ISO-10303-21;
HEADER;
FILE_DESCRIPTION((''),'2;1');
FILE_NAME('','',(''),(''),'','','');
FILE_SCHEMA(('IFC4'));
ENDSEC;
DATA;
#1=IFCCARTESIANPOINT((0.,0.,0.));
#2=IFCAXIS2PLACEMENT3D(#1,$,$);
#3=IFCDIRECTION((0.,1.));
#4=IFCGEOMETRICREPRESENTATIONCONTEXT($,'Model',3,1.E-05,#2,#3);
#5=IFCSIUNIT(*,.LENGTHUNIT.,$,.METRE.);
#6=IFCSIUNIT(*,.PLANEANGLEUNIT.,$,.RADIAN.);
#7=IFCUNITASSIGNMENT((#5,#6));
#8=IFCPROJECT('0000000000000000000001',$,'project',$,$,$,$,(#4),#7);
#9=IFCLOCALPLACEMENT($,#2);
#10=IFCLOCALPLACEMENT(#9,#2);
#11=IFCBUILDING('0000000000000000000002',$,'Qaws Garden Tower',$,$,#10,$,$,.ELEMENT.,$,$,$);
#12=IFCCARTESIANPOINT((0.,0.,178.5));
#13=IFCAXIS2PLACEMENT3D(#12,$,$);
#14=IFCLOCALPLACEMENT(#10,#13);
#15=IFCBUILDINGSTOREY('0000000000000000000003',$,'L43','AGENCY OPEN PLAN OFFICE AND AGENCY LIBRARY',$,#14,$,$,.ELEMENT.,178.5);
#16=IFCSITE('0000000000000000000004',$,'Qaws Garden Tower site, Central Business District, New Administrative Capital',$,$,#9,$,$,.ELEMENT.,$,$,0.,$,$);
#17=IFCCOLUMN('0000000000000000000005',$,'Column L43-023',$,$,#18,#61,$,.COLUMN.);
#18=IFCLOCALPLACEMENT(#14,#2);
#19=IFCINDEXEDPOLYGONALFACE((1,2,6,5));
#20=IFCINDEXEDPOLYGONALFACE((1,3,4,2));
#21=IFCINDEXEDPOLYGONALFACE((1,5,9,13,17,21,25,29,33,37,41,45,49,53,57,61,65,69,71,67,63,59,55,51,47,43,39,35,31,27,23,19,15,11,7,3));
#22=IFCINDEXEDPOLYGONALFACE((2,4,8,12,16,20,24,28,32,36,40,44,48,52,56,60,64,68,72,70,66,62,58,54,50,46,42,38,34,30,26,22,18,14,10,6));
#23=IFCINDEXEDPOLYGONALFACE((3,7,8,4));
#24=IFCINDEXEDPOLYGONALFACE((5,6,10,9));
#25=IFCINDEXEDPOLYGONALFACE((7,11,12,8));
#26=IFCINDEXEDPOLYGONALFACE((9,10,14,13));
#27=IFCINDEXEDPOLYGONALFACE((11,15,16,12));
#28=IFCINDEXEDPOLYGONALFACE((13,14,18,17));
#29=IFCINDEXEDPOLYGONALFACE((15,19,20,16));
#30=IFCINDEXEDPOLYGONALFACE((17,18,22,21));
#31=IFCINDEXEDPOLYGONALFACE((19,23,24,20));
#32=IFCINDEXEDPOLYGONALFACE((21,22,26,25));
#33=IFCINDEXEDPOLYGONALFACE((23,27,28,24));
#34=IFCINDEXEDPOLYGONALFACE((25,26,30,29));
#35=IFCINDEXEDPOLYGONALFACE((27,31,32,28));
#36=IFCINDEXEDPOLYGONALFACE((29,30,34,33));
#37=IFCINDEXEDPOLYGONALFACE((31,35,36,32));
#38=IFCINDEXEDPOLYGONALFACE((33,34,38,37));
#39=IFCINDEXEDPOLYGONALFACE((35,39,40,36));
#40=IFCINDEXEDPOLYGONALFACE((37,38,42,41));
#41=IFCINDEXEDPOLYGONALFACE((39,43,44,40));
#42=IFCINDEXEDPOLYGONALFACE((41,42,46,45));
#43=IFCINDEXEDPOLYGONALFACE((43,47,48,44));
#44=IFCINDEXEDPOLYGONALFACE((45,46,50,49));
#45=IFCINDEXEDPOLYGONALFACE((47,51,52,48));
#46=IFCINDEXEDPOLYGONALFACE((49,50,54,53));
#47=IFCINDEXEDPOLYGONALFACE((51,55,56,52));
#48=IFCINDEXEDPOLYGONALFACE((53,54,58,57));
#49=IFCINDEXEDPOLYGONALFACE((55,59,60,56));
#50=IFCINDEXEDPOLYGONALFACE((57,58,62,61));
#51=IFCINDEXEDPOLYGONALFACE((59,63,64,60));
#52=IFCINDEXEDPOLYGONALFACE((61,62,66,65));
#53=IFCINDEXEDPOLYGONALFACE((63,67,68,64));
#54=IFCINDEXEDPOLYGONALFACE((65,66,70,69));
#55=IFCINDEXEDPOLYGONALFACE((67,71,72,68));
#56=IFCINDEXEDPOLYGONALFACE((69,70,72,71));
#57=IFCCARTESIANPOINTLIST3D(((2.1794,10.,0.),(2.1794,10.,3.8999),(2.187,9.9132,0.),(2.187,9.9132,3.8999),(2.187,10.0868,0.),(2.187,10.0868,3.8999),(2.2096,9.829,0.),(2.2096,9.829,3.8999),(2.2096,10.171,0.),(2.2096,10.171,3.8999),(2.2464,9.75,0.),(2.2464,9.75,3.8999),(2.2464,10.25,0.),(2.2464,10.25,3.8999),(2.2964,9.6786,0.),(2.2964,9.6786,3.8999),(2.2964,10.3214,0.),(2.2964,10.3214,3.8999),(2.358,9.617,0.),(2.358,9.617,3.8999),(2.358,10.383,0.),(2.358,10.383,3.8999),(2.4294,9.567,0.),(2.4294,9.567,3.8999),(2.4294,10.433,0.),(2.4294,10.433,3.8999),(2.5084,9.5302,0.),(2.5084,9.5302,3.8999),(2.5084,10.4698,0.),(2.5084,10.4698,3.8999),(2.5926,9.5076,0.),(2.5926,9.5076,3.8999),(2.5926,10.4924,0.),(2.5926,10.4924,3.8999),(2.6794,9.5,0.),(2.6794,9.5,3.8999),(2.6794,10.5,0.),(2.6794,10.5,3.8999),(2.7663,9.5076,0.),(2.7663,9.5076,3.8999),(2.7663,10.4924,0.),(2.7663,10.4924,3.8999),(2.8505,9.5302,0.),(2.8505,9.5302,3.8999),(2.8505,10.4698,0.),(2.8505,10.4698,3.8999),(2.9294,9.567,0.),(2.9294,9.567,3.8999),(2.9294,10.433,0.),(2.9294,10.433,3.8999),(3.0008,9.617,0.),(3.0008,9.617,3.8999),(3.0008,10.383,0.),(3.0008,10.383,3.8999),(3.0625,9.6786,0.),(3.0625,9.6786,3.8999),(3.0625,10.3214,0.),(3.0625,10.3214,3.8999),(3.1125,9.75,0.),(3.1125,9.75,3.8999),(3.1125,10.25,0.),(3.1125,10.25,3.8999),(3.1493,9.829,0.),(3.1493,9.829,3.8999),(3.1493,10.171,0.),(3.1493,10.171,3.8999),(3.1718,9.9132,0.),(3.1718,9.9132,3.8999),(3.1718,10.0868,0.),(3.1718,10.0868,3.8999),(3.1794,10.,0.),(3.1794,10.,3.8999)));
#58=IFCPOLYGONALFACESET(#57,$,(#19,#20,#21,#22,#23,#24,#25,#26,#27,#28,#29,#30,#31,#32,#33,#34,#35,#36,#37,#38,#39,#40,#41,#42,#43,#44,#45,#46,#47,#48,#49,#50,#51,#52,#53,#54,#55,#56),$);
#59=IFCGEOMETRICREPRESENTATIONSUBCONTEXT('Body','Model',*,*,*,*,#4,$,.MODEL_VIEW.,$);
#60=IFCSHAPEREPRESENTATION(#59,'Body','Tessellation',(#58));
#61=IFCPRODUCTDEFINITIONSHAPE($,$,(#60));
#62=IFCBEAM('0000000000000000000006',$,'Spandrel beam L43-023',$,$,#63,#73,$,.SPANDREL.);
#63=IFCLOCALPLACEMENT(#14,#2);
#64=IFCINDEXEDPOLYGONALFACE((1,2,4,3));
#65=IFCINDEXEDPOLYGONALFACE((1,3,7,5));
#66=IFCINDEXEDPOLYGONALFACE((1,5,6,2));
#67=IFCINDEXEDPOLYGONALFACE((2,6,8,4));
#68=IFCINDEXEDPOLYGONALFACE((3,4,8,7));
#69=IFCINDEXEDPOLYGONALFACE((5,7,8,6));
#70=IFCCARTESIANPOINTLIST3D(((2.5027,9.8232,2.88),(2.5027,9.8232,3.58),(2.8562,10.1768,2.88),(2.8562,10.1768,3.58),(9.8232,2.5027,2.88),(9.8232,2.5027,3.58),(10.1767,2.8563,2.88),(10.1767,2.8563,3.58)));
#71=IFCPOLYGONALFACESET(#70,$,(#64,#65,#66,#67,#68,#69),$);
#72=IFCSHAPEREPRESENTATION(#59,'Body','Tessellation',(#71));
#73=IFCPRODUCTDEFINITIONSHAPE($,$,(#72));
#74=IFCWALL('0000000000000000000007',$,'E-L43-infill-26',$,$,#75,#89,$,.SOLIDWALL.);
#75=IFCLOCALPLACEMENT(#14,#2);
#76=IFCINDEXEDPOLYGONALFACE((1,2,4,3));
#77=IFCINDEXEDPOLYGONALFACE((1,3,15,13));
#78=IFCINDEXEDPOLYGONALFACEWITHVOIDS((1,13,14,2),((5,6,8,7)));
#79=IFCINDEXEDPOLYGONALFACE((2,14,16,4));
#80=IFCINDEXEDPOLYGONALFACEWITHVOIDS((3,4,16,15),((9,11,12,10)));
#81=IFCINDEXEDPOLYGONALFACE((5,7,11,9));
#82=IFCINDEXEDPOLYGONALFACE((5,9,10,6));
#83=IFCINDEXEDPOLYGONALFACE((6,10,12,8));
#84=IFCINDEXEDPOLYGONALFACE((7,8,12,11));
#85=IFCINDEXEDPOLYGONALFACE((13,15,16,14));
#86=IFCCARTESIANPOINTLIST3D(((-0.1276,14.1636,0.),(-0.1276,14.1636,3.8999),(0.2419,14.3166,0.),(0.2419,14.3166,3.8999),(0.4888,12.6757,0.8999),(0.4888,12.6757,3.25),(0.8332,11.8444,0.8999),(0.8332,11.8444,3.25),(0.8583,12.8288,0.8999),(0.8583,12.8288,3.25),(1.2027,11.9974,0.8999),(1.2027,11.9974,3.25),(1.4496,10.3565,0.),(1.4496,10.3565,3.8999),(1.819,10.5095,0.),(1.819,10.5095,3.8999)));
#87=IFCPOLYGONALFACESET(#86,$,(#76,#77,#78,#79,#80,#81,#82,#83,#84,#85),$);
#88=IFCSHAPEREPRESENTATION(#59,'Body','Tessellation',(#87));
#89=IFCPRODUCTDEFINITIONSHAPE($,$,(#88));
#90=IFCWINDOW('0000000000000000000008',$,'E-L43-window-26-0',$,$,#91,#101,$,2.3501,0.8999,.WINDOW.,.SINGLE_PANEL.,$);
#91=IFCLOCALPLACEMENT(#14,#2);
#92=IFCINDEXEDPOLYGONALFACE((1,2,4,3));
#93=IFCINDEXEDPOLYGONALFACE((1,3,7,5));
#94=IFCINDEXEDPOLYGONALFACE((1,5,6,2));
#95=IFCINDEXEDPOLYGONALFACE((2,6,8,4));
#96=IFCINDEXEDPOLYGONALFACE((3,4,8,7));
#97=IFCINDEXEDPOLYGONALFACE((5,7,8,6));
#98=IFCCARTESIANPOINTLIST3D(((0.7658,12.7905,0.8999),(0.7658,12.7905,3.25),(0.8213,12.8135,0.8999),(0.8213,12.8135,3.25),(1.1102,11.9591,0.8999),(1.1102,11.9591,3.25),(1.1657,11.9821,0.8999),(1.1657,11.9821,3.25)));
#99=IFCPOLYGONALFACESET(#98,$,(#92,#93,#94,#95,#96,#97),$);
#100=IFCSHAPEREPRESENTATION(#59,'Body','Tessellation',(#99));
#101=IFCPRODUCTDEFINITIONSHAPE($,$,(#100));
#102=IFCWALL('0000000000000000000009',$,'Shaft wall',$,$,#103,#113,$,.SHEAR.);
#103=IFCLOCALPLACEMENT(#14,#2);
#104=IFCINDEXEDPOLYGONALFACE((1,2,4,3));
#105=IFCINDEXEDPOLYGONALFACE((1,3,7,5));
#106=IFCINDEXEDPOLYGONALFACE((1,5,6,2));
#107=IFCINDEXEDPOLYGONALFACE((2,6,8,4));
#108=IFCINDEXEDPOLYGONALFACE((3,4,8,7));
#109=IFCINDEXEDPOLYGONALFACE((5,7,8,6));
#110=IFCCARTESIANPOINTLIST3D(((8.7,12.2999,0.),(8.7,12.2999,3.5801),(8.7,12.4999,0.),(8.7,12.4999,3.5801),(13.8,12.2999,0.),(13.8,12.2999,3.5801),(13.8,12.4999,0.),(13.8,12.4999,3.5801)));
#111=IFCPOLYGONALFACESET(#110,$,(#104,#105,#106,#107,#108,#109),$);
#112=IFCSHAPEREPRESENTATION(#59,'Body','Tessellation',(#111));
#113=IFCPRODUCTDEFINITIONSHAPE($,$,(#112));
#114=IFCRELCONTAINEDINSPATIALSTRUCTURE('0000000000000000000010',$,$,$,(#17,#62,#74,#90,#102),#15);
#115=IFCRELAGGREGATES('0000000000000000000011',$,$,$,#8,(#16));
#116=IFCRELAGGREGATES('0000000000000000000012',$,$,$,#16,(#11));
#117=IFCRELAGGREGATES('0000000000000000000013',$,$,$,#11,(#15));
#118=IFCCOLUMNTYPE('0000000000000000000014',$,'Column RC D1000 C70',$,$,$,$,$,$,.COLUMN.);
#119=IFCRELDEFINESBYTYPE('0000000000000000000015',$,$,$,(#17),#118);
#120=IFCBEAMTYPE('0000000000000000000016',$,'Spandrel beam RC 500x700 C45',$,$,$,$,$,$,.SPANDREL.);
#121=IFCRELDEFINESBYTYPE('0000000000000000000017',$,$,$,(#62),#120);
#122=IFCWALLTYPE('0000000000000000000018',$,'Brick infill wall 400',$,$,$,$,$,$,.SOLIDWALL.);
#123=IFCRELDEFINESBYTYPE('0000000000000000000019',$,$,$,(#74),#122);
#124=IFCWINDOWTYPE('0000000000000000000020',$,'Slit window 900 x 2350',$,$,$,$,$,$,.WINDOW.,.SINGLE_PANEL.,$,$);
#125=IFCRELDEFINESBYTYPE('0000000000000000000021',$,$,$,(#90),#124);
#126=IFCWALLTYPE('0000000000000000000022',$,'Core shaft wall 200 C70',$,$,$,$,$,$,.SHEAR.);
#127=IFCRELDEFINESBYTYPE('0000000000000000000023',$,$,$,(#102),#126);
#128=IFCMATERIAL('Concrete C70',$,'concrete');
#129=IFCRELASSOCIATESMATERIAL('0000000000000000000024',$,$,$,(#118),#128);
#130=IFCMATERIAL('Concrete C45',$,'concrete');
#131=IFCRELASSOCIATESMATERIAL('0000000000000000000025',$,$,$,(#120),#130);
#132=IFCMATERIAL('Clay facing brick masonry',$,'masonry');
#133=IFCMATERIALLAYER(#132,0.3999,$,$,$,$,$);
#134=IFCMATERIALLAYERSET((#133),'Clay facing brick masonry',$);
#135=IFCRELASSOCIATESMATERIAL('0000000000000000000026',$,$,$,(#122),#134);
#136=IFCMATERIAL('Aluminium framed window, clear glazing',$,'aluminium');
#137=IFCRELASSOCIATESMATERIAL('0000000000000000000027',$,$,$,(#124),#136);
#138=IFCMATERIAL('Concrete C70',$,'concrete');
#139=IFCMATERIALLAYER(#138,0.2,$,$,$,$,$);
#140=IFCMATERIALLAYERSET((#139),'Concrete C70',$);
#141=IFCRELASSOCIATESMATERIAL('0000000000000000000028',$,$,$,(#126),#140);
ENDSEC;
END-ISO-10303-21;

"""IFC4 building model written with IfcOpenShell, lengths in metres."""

from ifc_helpers import new_model, si_unit, direction, frame, frame_2d, origin, origin_2d, place, context, subcontext, project, spatial, rectangle, circle, extrude, material, layer, layer_set, material_profile, profile_set, type_object, element, fill, save


model = new_model("IFC4")

# Units and contexts
model_context = context("Model", 3, precision=1e-05, world=origin(), true_north=direction((0.0, 1.0)))
body_context = subcontext(model_context, "Body", "Model", "MODEL_VIEW")
ifc_project = project(units=[si_unit("LENGTHUNIT", "METRE"), si_unit("PLANEANGLEUNIT", "RADIAN")], contexts=[model_context])

# Site, building, storey
site_placement = place(None, origin())
site = spatial("IfcSite", under=ifc_project, at=site_placement, Name="Qaws Garden Tower site, Central Business District, New Administrative Capital", CompositionType="ELEMENT", RefElevation=0.0)
building_placement = place(site_placement, origin())
building = spatial("IfcBuilding", under=site, at=building_placement, Name="Qaws Garden Tower", CompositionType="ELEMENT")
storey_placement = place(building_placement, frame((0.0, 0.0, 178.5)))
storey = spatial("IfcBuildingStorey", under=building, at=storey_placement, Name="L43", Description="AGENCY OPEN PLAN OFFICE AND AGENCY LIBRARY", CompositionType="ELEMENT", Elevation=178.5)

# Column
ifc_material_1 = material(Name="Concrete C70", Category="concrete")
ifc_material_profile_1 = material_profile(ifc_material_1, circle(Radius=0.5, at=origin_2d()), Name="RC D1000")
ifc_profile_set_1 = profile_set([ifc_material_profile_1], Name="Concrete C70")
column_type = type_object("IfcColumnType", Name="Column RC D1000 C70", PredefinedType="COLUMN", material=ifc_profile_set_1)
column_placement = place(storey_placement, frame((2.6794, 10.0, 0.0), z_axis=(0.0, 0.0, 1.0), x_axis=(1.0, 0.0, 0.0)))
element("IfcColumn", 1, at=column_placement, inside=storey, type_object=column_type, Name="Column L43-023", PredefinedType="COLUMN", context=body_context, shape_type="SweptSolid", body=[
    extrude(circle(Radius=0.5, at=origin_2d()), origin(), (0.0, 0.0, 1.0), 3.8999),
])

# Beam
ifc_material_2 = material(Name="Concrete C45", Category="concrete")
ifc_material_profile_2 = material_profile(ifc_material_2, rectangle(XDim=0.5, YDim=0.7, at=origin_2d()), Name="RC 500x700")
ifc_profile_set_2 = profile_set([ifc_material_profile_2], Name="Concrete C45")
beam_type = type_object("IfcBeamType", Name="Spandrel beam RC 500x700 C45", PredefinedType="SPANDREL", material=ifc_profile_set_2)
beam_placement = place(storey_placement, frame((2.6794, 10.0, 3.23), z_axis=(0.707107, -0.707107, 0.0), x_axis=(0.707107, 0.707107, 0.0)))
element("IfcBeam", 2, at=beam_placement, inside=storey, type_object=beam_type, Name="Spandrel beam L43-023", PredefinedType="SPANDREL", context=body_context, shape_type="SweptSolid", body=[
    extrude(rectangle(XDim=0.5, YDim=0.7, at=origin_2d()), origin(), (0.0, 0.0, 1.0), 10.3528),
])

# Wall, opening, window
ifc_material_3 = material(Name="Clay facing brick masonry", Category="masonry")
ifc_layer_1 = layer(ifc_material_3, 0.3999)
ifc_layer_set_1 = layer_set([ifc_layer_1], Name="Clay facing brick masonry")
wall_type_1 = type_object("IfcWallType", Name="Brick infill wall 400", PredefinedType="SOLIDWALL", material=ifc_layer_set_1)
wall_1_placement = place(storey_placement, frame((0.0571, 14.2402, 0.0), z_axis=(0.0, 0.0, 1.0), x_axis=(0.382722, -0.923864, 0.0)))
wall_1 = element("IfcWall", 3, at=wall_1_placement, inside=storey, type_object=wall_type_1, Name="E-L43-infill-26", PredefinedType="SOLIDWALL", context=body_context, shape_type="SweptSolid", body=[
    extrude(rectangle(XDim=4.1208, YDim=0.3999, at=frame_2d((2.0605, 0.0))), origin(), (0.0, 0.0, 1.0), 3.8999),
])
opening_1_placement = place(wall_1_placement, frame((1.6106, 0.0, 0.8999)))
opening_1 = element("IfcOpeningElement", 4, at=opening_1_placement, cuts=wall_1, PredefinedType="OPENING", context=body_context, shape_type="SweptSolid", body=[
    extrude(rectangle(XDim=0.8999, YDim=2.3501, at=frame_2d((0.45, 1.175))), frame((0.0, 0.21, 0.0), z_axis=(0.0, -1.0, 0.0), x_axis=(1.0, 0.0, 0.0)), (0.0, 0.0, 1.0), 0.4199),
])
ifc_material_4 = material(Name="Aluminium framed window, clear glazing", Category="aluminium")
window_type = type_object("IfcWindowType", Name="Slit window 900 x 2350", PartitioningType="SINGLE_PANEL", PredefinedType="WINDOW", material=ifc_material_4)
window_placement = place(opening_1_placement, origin())
window = element("IfcWindow", 5, at=window_placement, inside=storey, type_object=window_type, Name="E-L43-window-26-0", OverallHeight=2.3501, OverallWidth=0.8999, PartitioningType="SINGLE_PANEL", PredefinedType="WINDOW", context=body_context, shape_type="SweptSolid", body=[
    extrude(rectangle(XDim=0.8999, YDim=2.3501, at=frame_2d((0.45, 1.175))), frame((0.0, 0.1599, 0.0), z_axis=(0.0, -1.0, 0.0), x_axis=(1.0, 0.0, 0.0)), (0.0, 0.0, 1.0), 0.0601),
])
fill(opening_1, window)

# Wall
ifc_material_5 = material(Name="Concrete C70", Category="concrete")
ifc_layer_2 = layer(ifc_material_5, 0.2)
ifc_layer_set_2 = layer_set([ifc_layer_2], Name="Concrete C70")
wall_type_2 = type_object("IfcWallType", Name="Core shaft wall 200 C70", PredefinedType="SHEAR", material=ifc_layer_set_2)
wall_2_placement = place(storey_placement, frame((8.7, 12.3999, 0.0), z_axis=(0.0, 0.0, 1.0), x_axis=(1.0, 0.0, 0.0)))
element("IfcWall", 6, at=wall_2_placement, inside=storey, type_object=wall_type_2, Name="Shaft wall", PredefinedType="SHEAR", context=body_context, shape_type="SweptSolid", body=[
    extrude(rectangle(XDim=5.1001, YDim=0.2, at=frame_2d((2.55, 0.0))), origin(), (0.0, 0.0, 1.0), 3.5801),
])

save(model, "model.ifc")
